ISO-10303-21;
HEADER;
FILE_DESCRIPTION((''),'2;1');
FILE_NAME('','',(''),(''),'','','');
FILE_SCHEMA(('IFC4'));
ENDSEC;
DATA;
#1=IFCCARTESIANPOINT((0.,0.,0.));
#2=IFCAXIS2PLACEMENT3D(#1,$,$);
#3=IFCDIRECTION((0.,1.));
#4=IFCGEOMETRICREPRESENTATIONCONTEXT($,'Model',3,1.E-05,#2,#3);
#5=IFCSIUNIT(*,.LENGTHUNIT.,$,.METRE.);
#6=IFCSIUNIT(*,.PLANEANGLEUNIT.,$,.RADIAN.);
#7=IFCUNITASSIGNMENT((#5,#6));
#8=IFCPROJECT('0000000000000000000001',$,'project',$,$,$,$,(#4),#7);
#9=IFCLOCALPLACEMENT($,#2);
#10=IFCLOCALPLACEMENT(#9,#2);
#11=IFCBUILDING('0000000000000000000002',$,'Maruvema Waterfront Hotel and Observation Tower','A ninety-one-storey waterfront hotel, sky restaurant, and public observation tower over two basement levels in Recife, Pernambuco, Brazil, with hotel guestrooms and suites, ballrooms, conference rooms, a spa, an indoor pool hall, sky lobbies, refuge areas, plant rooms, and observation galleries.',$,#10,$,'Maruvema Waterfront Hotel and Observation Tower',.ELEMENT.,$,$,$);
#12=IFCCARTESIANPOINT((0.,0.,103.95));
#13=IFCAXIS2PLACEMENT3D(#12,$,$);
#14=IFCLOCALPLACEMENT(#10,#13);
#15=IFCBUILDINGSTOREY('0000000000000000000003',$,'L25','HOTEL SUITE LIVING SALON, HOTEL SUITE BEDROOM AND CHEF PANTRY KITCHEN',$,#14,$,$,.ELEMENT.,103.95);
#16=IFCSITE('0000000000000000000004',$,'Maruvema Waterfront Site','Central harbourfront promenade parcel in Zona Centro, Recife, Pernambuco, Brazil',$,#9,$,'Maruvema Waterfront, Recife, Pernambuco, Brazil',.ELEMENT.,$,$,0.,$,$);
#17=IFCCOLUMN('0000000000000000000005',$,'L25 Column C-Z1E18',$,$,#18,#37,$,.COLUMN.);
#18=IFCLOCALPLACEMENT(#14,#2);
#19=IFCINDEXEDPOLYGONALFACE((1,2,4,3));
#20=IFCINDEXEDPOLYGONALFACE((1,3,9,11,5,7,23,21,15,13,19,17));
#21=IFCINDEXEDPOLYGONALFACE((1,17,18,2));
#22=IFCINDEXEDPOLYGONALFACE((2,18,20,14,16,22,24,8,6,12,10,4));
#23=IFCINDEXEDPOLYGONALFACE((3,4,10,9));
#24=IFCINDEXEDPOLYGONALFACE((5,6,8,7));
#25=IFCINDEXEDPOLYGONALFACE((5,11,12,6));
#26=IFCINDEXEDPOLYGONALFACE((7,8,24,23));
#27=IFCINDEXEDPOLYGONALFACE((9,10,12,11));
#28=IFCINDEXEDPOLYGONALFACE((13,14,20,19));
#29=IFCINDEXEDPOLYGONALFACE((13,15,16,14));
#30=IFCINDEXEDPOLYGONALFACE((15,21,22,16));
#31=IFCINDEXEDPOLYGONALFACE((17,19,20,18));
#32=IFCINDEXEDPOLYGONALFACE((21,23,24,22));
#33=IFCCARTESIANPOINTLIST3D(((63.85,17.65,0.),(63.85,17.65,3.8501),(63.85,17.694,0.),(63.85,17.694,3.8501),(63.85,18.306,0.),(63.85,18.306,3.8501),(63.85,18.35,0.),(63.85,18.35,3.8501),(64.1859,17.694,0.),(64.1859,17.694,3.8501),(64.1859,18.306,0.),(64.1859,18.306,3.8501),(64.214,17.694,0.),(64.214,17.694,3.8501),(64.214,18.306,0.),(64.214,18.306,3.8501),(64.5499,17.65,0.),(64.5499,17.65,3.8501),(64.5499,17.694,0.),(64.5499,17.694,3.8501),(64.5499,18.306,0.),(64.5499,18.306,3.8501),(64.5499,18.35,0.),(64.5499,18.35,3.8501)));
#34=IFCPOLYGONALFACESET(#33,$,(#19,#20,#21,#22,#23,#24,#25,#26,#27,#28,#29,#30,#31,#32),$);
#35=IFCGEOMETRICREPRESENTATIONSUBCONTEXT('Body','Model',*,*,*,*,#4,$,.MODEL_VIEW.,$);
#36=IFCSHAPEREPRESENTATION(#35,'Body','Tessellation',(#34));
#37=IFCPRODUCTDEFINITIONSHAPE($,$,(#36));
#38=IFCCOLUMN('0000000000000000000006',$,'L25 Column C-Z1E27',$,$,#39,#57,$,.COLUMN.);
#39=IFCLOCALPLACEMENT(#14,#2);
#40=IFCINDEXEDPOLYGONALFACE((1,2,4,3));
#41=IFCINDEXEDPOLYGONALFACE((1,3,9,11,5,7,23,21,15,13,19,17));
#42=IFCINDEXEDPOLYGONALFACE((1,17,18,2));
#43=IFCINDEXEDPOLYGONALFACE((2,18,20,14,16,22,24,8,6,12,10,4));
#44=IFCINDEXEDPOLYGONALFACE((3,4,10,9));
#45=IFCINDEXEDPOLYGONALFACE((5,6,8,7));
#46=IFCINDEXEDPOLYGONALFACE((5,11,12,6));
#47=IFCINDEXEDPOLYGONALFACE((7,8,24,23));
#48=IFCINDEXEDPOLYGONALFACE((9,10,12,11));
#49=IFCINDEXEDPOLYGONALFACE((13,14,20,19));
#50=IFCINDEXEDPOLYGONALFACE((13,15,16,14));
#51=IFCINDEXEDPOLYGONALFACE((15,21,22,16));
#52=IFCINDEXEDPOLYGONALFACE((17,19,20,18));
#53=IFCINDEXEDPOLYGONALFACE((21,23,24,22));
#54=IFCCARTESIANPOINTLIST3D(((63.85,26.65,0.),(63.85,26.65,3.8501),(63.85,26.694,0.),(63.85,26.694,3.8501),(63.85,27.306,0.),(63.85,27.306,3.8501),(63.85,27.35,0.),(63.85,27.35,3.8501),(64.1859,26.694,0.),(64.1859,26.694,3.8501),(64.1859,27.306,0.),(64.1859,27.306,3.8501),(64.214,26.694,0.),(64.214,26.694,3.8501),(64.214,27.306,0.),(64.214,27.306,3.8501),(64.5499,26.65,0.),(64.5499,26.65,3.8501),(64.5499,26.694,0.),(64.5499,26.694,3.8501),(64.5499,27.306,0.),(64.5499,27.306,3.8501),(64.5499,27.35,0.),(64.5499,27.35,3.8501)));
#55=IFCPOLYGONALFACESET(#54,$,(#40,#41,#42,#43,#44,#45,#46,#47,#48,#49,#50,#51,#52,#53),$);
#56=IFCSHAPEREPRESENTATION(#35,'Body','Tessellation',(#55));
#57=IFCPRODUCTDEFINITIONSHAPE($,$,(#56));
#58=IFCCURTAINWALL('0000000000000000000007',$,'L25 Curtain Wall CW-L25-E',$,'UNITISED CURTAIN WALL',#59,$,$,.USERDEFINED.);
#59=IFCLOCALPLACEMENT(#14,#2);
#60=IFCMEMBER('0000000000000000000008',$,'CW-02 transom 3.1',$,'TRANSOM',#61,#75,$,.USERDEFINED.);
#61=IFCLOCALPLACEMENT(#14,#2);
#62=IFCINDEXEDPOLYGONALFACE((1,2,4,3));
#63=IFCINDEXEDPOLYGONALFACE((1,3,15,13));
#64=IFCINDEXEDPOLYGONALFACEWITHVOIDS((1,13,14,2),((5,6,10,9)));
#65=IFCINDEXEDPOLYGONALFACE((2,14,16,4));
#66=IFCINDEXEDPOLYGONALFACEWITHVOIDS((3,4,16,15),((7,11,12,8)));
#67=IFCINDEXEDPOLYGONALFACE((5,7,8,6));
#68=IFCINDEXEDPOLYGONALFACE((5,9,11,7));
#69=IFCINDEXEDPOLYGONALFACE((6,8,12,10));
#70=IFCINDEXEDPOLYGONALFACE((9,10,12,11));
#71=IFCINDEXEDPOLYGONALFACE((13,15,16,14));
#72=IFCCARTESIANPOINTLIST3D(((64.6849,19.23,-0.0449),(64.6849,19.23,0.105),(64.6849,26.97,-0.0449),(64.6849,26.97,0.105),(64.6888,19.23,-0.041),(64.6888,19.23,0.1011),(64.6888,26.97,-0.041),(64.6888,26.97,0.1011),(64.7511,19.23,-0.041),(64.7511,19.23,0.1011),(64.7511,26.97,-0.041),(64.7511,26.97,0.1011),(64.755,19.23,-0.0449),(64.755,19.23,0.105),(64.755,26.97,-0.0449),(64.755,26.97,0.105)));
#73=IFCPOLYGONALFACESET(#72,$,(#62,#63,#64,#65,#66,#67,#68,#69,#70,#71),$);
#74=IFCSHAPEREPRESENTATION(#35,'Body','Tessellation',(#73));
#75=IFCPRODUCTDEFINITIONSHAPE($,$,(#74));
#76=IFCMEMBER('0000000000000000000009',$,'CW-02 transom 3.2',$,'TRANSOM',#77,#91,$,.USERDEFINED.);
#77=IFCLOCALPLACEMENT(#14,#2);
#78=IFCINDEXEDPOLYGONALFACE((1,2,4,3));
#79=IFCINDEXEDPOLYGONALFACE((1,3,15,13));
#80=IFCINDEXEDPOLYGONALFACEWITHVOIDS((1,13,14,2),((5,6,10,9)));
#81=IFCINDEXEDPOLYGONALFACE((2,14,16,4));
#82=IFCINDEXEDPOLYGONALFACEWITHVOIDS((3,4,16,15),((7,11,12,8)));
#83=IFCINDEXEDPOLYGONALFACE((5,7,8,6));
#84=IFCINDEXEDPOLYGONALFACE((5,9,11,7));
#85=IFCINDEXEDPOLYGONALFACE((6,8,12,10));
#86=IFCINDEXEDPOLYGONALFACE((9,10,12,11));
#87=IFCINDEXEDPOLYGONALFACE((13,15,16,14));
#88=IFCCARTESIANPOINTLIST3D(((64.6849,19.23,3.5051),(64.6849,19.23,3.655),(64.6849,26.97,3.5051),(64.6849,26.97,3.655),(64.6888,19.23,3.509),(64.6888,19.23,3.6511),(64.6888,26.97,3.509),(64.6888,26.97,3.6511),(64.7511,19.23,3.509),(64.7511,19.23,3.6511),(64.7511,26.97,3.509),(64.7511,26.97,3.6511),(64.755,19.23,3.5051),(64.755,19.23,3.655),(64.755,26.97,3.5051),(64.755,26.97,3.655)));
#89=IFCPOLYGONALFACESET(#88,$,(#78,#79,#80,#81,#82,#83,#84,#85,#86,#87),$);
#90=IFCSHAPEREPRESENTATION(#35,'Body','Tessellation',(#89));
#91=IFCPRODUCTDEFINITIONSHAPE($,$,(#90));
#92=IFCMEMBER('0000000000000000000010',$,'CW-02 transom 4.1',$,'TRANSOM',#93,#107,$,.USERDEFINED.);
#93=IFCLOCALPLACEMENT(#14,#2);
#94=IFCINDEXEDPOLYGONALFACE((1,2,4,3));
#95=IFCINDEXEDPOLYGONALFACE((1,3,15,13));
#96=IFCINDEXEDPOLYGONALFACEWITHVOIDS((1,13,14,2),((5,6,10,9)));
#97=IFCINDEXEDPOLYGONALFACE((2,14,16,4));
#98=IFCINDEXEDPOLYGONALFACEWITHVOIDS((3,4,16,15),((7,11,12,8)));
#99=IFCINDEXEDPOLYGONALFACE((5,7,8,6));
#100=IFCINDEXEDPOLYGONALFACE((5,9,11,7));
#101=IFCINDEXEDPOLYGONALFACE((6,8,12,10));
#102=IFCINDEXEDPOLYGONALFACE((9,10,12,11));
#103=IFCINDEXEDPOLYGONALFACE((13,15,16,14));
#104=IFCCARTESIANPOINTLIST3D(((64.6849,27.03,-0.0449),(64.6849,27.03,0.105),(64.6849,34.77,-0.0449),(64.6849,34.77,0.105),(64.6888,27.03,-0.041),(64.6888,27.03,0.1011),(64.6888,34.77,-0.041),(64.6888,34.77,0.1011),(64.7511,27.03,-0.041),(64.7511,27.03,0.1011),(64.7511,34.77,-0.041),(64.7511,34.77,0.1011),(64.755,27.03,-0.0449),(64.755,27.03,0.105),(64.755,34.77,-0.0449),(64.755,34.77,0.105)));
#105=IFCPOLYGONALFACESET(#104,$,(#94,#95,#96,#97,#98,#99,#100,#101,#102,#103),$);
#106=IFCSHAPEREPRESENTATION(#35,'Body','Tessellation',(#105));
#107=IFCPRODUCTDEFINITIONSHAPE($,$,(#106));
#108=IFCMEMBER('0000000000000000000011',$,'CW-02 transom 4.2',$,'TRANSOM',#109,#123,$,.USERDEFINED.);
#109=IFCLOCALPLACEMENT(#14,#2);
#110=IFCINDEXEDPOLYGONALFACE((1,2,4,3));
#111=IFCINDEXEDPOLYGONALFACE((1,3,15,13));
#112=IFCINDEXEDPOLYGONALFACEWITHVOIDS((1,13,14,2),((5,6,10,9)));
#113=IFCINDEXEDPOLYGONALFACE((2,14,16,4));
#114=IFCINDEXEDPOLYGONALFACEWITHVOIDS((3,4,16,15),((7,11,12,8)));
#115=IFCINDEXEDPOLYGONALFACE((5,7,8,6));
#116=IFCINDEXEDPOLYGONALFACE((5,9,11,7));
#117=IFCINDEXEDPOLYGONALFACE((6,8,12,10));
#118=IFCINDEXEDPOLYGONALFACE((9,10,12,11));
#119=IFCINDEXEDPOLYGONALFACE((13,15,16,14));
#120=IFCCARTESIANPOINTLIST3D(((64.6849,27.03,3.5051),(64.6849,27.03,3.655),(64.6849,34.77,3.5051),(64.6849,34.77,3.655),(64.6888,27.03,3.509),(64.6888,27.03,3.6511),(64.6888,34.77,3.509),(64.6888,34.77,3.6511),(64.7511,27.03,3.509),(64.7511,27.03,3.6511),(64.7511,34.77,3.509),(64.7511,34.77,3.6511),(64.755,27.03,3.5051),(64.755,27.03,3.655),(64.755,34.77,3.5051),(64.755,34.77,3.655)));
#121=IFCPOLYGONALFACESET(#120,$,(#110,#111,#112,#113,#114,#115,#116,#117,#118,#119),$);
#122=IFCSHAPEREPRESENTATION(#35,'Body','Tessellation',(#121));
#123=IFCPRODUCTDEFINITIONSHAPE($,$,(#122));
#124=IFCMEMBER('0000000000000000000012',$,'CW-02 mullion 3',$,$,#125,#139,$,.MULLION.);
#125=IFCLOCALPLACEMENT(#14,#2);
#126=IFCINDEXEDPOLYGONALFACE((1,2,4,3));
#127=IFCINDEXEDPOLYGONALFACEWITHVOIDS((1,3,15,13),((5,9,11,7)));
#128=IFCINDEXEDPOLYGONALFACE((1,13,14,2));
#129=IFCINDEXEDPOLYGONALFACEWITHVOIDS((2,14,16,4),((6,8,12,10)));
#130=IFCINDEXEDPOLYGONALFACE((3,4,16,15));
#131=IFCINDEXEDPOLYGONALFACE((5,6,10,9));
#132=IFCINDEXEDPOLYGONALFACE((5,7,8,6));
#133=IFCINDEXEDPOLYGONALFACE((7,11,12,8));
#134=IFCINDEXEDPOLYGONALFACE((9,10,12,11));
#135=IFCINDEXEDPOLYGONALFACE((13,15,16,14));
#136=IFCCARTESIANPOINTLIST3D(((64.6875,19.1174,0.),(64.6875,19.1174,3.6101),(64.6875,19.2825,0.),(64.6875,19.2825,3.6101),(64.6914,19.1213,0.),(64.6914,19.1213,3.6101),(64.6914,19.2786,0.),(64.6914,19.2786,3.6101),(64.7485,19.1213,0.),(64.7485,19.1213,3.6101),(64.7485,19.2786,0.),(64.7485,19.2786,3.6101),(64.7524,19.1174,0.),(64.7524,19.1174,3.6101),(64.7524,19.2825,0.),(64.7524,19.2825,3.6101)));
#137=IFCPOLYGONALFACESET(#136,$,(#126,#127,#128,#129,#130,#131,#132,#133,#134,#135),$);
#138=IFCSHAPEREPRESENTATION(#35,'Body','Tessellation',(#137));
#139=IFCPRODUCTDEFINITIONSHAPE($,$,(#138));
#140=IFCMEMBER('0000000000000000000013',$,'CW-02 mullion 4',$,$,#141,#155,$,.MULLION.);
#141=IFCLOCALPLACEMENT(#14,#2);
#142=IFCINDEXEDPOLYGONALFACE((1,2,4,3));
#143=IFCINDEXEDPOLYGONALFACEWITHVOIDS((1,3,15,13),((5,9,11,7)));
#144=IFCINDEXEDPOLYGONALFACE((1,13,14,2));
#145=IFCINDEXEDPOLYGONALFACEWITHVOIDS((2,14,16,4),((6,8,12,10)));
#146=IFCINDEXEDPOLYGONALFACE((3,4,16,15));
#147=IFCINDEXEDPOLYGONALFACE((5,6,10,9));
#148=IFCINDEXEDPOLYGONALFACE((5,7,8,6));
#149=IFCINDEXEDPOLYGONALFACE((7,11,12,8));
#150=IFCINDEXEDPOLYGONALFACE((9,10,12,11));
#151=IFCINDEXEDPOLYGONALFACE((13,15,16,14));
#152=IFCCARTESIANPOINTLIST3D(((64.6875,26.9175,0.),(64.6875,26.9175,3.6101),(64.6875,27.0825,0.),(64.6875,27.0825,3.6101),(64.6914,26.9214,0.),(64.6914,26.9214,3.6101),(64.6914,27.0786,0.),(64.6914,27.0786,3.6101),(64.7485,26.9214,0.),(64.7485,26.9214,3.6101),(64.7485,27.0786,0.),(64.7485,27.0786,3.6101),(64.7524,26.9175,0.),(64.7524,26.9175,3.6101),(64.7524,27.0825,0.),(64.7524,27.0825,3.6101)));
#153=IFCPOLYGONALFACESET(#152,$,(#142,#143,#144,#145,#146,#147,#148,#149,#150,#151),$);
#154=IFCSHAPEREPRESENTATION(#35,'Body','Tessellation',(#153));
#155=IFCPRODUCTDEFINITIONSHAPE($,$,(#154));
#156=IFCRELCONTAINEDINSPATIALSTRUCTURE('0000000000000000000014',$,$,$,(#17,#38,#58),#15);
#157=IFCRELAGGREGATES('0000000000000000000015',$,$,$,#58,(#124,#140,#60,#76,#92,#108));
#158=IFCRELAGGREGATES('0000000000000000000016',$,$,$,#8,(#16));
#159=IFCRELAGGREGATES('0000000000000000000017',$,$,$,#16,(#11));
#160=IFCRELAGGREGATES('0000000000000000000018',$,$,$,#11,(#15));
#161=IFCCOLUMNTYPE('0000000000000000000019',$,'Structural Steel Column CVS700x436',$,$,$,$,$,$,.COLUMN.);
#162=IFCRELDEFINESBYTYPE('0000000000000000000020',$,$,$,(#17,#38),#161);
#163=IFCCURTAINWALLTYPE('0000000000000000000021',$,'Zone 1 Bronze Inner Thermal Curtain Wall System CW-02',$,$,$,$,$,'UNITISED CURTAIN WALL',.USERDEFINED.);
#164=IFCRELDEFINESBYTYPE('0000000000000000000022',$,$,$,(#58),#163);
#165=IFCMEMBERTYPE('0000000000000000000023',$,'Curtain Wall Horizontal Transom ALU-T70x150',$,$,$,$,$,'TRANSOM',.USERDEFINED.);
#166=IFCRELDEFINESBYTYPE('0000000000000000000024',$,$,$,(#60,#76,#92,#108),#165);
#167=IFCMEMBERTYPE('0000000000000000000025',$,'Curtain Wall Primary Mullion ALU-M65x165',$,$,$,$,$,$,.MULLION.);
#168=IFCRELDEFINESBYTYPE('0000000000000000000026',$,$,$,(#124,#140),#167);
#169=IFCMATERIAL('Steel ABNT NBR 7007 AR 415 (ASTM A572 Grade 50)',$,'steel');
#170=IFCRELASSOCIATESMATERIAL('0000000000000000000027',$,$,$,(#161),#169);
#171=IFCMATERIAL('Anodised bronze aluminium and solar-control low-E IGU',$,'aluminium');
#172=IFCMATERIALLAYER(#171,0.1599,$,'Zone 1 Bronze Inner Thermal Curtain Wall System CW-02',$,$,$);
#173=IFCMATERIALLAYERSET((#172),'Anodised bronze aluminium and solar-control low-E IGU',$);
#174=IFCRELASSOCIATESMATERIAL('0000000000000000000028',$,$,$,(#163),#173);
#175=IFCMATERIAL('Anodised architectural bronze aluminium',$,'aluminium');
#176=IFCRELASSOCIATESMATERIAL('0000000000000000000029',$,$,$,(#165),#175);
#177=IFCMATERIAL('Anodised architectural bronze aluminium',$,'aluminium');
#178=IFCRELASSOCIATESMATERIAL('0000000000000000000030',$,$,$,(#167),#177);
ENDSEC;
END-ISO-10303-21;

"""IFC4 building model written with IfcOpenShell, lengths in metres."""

from ifc_helpers import new_model, si_unit, direction, frame, origin, origin_2d, place, context, subcontext, project, spatial, hollow_rectangle, i_section, extrude, material, layer, layer_set, material_profile, profile_set, type_object, element, aggregate, save


model = new_model("IFC4")

# Units and contexts
model_context = context("Model", 3, precision=1e-05, world=origin(), true_north=direction((0.0, 1.0)))
body_context = subcontext(model_context, "Body", "Model", "MODEL_VIEW")
ifc_project = project(units=[si_unit("LENGTHUNIT", "METRE"), si_unit("PLANEANGLEUNIT", "RADIAN")], contexts=[model_context])

# Site, building, storey
site_placement = place(None, origin())
site = spatial("IfcSite", under=ifc_project, at=site_placement, Name="Maruvema Waterfront Site", Description="Central harbourfront promenade parcel in Zona Centro, Recife, Pernambuco, Brazil", LongName="Maruvema Waterfront, Recife, Pernambuco, Brazil", CompositionType="ELEMENT", RefElevation=0.0)
building_placement = place(site_placement, origin())
building = spatial("IfcBuilding", under=site, at=building_placement, Name="Maruvema Waterfront Hotel and Observation Tower", Description="A ninety-one-storey waterfront hotel, sky restaurant, and public observation tower over two basement levels in Recife, Pernambuco, Brazil, with hotel guestrooms and suites, ballrooms, conference rooms, a spa, an indoor pool hall, sky lobbies, refuge areas, plant rooms, and observation galleries.", LongName="Maruvema Waterfront Hotel and Observation Tower", CompositionType="ELEMENT")
storey_placement = place(building_placement, frame((0.0, 0.0, 103.95)))
storey = spatial("IfcBuildingStorey", under=building, at=storey_placement, Name="L25", Description="HOTEL SUITE LIVING SALON, HOTEL SUITE BEDROOM AND CHEF PANTRY KITCHEN", CompositionType="ELEMENT", Elevation=103.95)

# Columns
ifc_material_1 = material(Name="Steel ABNT NBR 7007 AR 415 (ASTM A572 Grade 50)", Category="steel")
ifc_material_profile_1 = material_profile(ifc_material_1, i_section(OverallWidth=0.7, OverallDepth=0.7, WebThickness=0.0281, FlangeThickness=0.0439, at=origin_2d()), Name="CVS700x436")
ifc_profile_set_1 = profile_set([ifc_material_profile_1], Name="Steel ABNT NBR 7007 AR 415 (ASTM A572 Grade 50)")
column_type = type_object("IfcColumnType", Name="Structural Steel Column CVS700x436", PredefinedType="COLUMN", material=ifc_profile_set_1)
for number, where, z_axis, x_axis, name in (
    (1, (64.2, 18.0, 0.0), (0.0, 0.0, 1.0), (1.0, 0.0, 0.0), "L25 Column C-Z1E18"),
    (2, (64.2, 27.0, 0.0), (0.0, 0.0, 1.0), (1.0, 0.0, 0.0), "L25 Column C-Z1E27"),
):
    element("IfcColumn", number, at=place(storey_placement, frame(where, z_axis=z_axis, x_axis=x_axis)), inside=storey, type_object=column_type, Name=name, PredefinedType="COLUMN", context=body_context, shape_type="SweptSolid", body=[
        extrude(i_section(OverallWidth=0.7, OverallDepth=0.7, WebThickness=0.0281, FlangeThickness=0.0439, at=origin_2d()), origin(), (0.0, 0.0, 1.0), 3.8501),
    ])

# Curtain wall, members
ifc_material_2 = material(Name="Anodised bronze aluminium and solar-control low-E IGU", Category="aluminium")
ifc_layer_1 = layer(ifc_material_2, 0.1599, Name="Zone 1 Bronze Inner Thermal Curtain Wall System CW-02")
ifc_layer_set_1 = layer_set([ifc_layer_1], Name="Anodised bronze aluminium and solar-control low-E IGU")
curtain_wall_type = type_object("IfcCurtainWallType", Name="Zone 1 Bronze Inner Thermal Curtain Wall System CW-02", ElementType="UNITISED CURTAIN WALL", PredefinedType="USERDEFINED", material=ifc_layer_set_1)
curtain_wall_placement = place(storey_placement, origin())
curtain_wall = element("IfcCurtainWall", 3, at=curtain_wall_placement, inside=storey, type_object=curtain_wall_type, Name="L25 Curtain Wall CW-L25-E", ObjectType="UNITISED CURTAIN WALL", PredefinedType="USERDEFINED")
ifc_material_3 = material(Name="Anodised architectural bronze aluminium", Category="aluminium")
ifc_material_profile_2 = material_profile(ifc_material_3, hollow_rectangle(XDim=0.0701, YDim=0.1499, WallThickness=0.0039, at=origin_2d()), Name="ALU-T70x150")
ifc_profile_set_2 = profile_set([ifc_material_profile_2], Name="Anodised architectural bronze aluminium")
member_type_1 = type_object("IfcMemberType", Name="Curtain Wall Horizontal Transom ALU-T70x150", ElementType="TRANSOM", PredefinedType="USERDEFINED", material=ifc_profile_set_2)
member_1_placement = place(storey_placement, frame((64.72, 19.23, 0.03), z_axis=(0.0, 1.0, 0.0), x_axis=(-1.0, 0.0, 0.0)))
member_1 = element("IfcMember", 4, at=member_1_placement, type_object=member_type_1, Name="CW-02 transom 3.1", ObjectType="TRANSOM", PredefinedType="USERDEFINED", context=body_context, shape_type="SweptSolid", body=[
    extrude(hollow_rectangle(XDim=0.0701, YDim=0.1499, WallThickness=0.0039, at=origin_2d()), origin(), (0.0, 0.0, 1.0), 7.74),
])
member_2_placement = place(storey_placement, frame((64.72, 19.23, 3.5801), z_axis=(0.0, 1.0, 0.0), x_axis=(-1.0, 0.0, 0.0)))
member_2 = element("IfcMember", 5, at=member_2_placement, type_object=member_type_1, Name="CW-02 transom 3.2", ObjectType="TRANSOM", PredefinedType="USERDEFINED", context=body_context, shape_type="SweptSolid", body=[
    extrude(hollow_rectangle(XDim=0.0701, YDim=0.1499, WallThickness=0.0039, at=origin_2d()), origin(), (0.0, 0.0, 1.0), 7.74),
])
member_3_placement = place(storey_placement, frame((64.72, 27.03, 0.03), z_axis=(0.0, 1.0, 0.0), x_axis=(-1.0, 0.0, 0.0)))
member_3 = element("IfcMember", 6, at=member_3_placement, type_object=member_type_1, Name="CW-02 transom 4.1", ObjectType="TRANSOM", PredefinedType="USERDEFINED", context=body_context, shape_type="SweptSolid", body=[
    extrude(hollow_rectangle(XDim=0.0701, YDim=0.1499, WallThickness=0.0039, at=origin_2d()), origin(), (0.0, 0.0, 1.0), 7.74),
])
member_4_placement = place(storey_placement, frame((64.72, 27.03, 3.5801), z_axis=(0.0, 1.0, 0.0), x_axis=(-1.0, 0.0, 0.0)))
member_4 = element("IfcMember", 7, at=member_4_placement, type_object=member_type_1, Name="CW-02 transom 4.2", ObjectType="TRANSOM", PredefinedType="USERDEFINED", context=body_context, shape_type="SweptSolid", body=[
    extrude(hollow_rectangle(XDim=0.0701, YDim=0.1499, WallThickness=0.0039, at=origin_2d()), origin(), (0.0, 0.0, 1.0), 7.74),
])
ifc_material_4 = material(Name="Anodised architectural bronze aluminium", Category="aluminium")
ifc_material_profile_3 = material_profile(ifc_material_4, hollow_rectangle(XDim=0.0649, YDim=0.165, WallThickness=0.0039, at=origin_2d()), Name="ALU-M65x165")
ifc_profile_set_3 = profile_set([ifc_material_profile_3], Name="Anodised architectural bronze aluminium")
member_type_2 = type_object("IfcMemberType", Name="Curtain Wall Primary Mullion ALU-M65x165", PredefinedType="MULLION", material=ifc_profile_set_3)
member_5_placement = place(storey_placement, frame((64.72, 19.2, 0.0), z_axis=(0.0, 0.0, 1.0), x_axis=(-1.0, 0.0, 0.0)))
member_5 = element("IfcMember", 8, at=member_5_placement, type_object=member_type_2, Name="CW-02 mullion 3", PredefinedType="MULLION", context=body_context, shape_type="SweptSolid", body=[
    extrude(hollow_rectangle(XDim=0.0649, YDim=0.165, WallThickness=0.0039, at=origin_2d()), origin(), (0.0, 0.0, 1.0), 3.6101),
])
member_6_placement = place(storey_placement, frame((64.72, 27.0, 0.0), z_axis=(0.0, 0.0, 1.0), x_axis=(-1.0, 0.0, 0.0)))
member_6 = element("IfcMember", 9, at=member_6_placement, type_object=member_type_2, Name="CW-02 mullion 4", PredefinedType="MULLION", context=body_context, shape_type="SweptSolid", body=[
    extrude(hollow_rectangle(XDim=0.0649, YDim=0.165, WallThickness=0.0039, at=origin_2d()), origin(), (0.0, 0.0, 1.0), 3.6101),
])

aggregate(curtain_wall, [member_5, member_6, member_1, member_2, member_3, member_4])

save(model, "model.ifc")
